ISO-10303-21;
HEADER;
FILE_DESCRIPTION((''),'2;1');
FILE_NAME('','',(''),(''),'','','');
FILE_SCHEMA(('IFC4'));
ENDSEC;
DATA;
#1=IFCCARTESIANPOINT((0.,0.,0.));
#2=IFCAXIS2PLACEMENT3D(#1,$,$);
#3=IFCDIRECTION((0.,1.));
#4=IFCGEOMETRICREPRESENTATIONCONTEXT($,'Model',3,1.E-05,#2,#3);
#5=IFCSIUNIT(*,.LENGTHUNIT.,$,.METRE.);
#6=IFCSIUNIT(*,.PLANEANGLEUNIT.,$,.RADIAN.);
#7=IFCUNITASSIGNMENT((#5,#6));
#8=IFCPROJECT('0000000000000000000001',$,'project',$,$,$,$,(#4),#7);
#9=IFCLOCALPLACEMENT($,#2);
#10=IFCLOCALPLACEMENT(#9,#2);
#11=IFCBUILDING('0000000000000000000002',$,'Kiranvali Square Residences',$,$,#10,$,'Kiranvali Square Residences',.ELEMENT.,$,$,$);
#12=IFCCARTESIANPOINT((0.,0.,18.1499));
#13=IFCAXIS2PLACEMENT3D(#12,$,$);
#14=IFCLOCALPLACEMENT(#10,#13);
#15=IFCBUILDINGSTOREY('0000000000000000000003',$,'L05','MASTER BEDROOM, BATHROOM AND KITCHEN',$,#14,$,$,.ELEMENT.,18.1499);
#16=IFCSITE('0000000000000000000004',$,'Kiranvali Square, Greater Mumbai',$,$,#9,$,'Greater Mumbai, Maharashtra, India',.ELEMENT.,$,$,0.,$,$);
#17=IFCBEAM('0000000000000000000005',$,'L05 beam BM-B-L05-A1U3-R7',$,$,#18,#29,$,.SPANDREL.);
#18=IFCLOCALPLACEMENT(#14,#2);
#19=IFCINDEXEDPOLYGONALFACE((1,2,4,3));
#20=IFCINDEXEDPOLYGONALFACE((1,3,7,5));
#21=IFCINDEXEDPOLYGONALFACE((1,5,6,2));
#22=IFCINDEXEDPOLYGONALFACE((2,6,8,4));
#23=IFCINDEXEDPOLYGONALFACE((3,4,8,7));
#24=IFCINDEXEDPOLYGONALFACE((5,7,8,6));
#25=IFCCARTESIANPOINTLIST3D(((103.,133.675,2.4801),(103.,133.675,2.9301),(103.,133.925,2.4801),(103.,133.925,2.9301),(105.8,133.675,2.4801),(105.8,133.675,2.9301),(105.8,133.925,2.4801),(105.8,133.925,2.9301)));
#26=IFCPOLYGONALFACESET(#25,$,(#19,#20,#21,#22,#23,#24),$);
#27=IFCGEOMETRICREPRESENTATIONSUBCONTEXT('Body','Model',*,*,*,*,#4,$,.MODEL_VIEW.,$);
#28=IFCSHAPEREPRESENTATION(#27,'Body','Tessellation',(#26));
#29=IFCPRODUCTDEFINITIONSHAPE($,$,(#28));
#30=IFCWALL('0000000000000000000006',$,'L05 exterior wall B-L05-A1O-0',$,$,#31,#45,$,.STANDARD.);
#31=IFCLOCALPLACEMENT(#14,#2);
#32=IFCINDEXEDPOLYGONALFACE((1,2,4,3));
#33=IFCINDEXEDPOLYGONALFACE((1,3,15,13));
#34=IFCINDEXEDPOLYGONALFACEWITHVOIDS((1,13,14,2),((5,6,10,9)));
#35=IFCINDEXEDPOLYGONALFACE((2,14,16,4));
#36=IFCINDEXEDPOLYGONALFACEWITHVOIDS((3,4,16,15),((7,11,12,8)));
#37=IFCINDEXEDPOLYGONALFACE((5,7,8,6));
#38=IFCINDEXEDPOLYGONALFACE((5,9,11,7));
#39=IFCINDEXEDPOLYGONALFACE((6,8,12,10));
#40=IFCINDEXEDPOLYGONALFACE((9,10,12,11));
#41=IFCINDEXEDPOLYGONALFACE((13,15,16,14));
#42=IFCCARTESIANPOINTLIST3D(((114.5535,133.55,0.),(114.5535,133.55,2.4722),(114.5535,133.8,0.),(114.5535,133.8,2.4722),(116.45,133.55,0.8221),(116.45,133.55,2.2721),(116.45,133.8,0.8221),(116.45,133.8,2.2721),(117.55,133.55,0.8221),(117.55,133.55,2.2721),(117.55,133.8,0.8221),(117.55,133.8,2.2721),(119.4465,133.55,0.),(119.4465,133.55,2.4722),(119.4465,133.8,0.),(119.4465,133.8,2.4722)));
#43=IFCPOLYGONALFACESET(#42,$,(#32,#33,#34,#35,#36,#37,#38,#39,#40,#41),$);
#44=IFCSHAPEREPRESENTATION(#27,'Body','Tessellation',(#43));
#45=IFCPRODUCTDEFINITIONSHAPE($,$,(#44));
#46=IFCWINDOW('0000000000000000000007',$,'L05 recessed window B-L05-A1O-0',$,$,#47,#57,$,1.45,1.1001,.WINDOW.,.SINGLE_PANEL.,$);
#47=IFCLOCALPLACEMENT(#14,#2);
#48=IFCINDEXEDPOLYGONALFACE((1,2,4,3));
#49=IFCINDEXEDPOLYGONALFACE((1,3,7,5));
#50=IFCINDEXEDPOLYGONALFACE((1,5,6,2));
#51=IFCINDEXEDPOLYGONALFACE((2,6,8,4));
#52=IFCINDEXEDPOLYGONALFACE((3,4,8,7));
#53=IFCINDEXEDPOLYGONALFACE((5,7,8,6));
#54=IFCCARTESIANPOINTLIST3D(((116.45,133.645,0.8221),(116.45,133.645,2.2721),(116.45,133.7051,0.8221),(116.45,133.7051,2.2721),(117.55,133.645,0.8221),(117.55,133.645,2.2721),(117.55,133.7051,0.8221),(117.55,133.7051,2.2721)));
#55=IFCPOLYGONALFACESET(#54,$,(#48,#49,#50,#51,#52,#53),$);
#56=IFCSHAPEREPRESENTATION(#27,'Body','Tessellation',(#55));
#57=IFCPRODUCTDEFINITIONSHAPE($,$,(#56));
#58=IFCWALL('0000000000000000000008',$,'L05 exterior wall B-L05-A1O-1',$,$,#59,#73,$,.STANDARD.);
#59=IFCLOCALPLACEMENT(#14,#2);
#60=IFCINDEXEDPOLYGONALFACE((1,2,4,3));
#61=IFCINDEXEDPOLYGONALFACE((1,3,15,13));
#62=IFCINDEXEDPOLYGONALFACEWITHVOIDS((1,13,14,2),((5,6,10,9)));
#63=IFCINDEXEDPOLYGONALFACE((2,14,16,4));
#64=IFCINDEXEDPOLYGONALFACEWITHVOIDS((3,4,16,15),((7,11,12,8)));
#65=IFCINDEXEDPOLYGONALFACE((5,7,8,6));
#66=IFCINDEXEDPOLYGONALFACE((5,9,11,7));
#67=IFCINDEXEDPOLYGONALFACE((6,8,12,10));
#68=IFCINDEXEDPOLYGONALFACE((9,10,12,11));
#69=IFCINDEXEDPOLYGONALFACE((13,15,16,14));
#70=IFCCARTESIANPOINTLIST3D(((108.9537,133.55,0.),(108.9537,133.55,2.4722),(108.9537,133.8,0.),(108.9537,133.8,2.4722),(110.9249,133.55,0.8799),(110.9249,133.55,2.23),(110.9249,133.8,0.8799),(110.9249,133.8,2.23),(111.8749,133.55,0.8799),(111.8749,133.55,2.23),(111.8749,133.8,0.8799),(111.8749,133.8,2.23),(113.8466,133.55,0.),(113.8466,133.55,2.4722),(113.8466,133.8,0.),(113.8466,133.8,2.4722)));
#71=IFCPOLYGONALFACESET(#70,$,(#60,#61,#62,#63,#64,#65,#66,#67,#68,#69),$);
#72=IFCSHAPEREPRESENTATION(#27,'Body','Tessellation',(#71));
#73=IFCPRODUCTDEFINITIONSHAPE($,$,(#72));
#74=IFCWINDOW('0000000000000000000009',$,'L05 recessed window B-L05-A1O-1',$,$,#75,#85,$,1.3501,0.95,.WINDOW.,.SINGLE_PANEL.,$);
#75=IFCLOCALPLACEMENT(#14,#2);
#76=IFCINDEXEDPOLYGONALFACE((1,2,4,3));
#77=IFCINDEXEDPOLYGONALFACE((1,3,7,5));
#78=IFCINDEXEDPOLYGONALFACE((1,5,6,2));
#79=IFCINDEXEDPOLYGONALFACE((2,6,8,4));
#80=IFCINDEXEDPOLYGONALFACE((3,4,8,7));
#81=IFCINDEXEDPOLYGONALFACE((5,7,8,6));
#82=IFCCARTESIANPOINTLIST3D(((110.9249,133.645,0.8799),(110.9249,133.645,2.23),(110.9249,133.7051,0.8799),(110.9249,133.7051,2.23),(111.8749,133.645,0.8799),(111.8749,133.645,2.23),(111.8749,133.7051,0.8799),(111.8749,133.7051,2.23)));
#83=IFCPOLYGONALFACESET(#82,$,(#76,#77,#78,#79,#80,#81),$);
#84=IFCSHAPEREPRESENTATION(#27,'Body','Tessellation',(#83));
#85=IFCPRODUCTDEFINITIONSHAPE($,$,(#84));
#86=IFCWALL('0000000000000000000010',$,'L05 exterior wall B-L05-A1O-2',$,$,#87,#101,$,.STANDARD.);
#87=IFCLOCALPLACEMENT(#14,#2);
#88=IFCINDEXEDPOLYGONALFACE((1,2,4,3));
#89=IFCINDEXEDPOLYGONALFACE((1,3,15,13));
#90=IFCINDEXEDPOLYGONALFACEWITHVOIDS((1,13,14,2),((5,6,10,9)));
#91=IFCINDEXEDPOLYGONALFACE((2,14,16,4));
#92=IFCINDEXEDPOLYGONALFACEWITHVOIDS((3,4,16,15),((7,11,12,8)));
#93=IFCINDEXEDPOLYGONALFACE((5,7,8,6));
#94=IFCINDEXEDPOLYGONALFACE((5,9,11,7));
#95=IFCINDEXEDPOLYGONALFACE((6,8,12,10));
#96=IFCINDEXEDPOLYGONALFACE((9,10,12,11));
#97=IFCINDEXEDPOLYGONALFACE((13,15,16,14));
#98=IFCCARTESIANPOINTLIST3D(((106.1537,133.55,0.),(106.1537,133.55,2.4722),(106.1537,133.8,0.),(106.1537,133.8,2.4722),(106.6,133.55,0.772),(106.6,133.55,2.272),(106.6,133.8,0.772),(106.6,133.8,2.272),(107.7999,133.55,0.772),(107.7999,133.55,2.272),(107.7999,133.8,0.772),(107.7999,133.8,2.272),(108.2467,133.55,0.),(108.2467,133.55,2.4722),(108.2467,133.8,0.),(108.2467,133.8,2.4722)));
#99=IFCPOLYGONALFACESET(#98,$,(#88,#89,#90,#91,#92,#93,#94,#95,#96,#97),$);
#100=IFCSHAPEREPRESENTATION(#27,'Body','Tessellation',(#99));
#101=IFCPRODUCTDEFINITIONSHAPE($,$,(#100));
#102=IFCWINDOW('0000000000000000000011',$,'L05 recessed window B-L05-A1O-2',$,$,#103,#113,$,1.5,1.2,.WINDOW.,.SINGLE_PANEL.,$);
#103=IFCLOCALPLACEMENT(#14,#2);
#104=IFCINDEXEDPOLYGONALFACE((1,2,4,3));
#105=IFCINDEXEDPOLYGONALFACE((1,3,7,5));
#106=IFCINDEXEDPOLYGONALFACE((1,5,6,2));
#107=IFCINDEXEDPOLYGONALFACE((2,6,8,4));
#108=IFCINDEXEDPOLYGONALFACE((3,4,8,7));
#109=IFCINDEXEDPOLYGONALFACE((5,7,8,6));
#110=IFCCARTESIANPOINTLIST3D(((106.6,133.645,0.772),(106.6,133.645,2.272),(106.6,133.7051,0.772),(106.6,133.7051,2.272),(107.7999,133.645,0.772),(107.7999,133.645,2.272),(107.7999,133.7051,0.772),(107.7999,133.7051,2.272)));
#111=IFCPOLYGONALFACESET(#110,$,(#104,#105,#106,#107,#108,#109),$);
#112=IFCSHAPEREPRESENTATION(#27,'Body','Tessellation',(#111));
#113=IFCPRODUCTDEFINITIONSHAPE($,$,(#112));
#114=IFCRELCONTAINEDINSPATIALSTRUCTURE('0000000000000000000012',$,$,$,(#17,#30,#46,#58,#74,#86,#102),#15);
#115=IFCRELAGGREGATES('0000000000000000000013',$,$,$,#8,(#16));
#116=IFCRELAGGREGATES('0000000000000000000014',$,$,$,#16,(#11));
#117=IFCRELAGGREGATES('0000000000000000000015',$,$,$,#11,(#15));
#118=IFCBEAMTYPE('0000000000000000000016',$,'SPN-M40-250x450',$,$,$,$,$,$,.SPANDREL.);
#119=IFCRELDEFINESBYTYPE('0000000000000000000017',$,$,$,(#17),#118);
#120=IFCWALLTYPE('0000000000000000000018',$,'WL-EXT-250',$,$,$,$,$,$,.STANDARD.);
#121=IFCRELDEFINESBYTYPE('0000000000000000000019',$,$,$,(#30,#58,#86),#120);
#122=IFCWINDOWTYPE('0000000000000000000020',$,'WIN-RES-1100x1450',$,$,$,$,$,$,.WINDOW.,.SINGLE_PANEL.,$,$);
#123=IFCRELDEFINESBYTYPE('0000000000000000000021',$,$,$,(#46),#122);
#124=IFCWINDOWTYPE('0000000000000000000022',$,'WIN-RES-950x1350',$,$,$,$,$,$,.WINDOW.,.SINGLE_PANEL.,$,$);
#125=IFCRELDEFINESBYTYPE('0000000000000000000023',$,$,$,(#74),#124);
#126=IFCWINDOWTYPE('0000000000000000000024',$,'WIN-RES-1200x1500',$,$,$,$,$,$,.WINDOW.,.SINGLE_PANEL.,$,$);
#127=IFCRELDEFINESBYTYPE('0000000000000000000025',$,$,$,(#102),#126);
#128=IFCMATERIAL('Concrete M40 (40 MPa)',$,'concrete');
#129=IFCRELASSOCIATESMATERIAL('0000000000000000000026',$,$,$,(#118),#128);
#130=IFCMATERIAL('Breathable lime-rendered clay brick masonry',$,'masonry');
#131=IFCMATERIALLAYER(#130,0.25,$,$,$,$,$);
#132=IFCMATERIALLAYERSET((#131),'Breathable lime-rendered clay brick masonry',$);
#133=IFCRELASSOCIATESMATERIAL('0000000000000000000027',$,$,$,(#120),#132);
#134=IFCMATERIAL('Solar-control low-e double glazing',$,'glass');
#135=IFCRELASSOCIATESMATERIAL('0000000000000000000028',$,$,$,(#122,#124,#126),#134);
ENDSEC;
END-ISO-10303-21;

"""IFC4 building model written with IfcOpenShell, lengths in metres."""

from ifc_helpers import new_model, si_unit, direction, frame, frame_2d, origin, origin_2d, place, context, subcontext, project, spatial, rectangle, extrude, material, layer, layer_set, material_profile, profile_set, type_object, element, fill, save


model = new_model("IFC4")

# Units and contexts
model_context = context("Model", 3, precision=1e-05, world=origin(), true_north=direction((0.0, 1.0)))
body_context = subcontext(model_context, "Body", "Model", "MODEL_VIEW")
ifc_project = project(units=[si_unit("LENGTHUNIT", "METRE"), si_unit("PLANEANGLEUNIT", "RADIAN")], contexts=[model_context])

# Site, building, storey
site_placement = place(None, origin())
site = spatial("IfcSite", under=ifc_project, at=site_placement, Name="Kiranvali Square, Greater Mumbai", LongName="Greater Mumbai, Maharashtra, India", CompositionType="ELEMENT", RefElevation=0.0)
building_placement = place(site_placement, origin())
building = spatial("IfcBuilding", under=site, at=building_placement, Name="Kiranvali Square Residences", LongName="Kiranvali Square Residences", CompositionType="ELEMENT")
storey_placement = place(building_placement, frame((0.0, 0.0, 18.1499)))
storey = spatial("IfcBuildingStorey", under=building, at=storey_placement, Name="L05", Description="MASTER BEDROOM, BATHROOM AND KITCHEN", CompositionType="ELEMENT", Elevation=18.1499)

# Beam
ifc_material_1 = material(Name="Concrete M40 (40 MPa)", Category="concrete")
ifc_material_profile_1 = material_profile(ifc_material_1, rectangle(XDim=0.25, YDim=0.45, at=origin_2d()), Name="RC 250x450")
ifc_profile_set_1 = profile_set([ifc_material_profile_1], Name="Concrete M40 (40 MPa)")
beam_type_1 = type_object("IfcBeamType", Name="SPN-M40-250x450", PredefinedType="SPANDREL", material=ifc_profile_set_1)
for number, where, z_axis, x_axis, name in (
    (1, (105.8, 133.8, 2.7051), (-1.0, 0.0, 0.0), (0.0, -1.0, 0.0), "L05 beam BM-B-L05-A1U3-R7"),
):
    element("IfcBeam", number, at=place(storey_placement, frame(where, z_axis=z_axis, x_axis=x_axis)), inside=storey, type_object=beam_type_1, Name=name, PredefinedType="SPANDREL", context=body_context, shape_type="SweptSolid", body=[
        extrude(rectangle(XDim=0.25, YDim=0.45, at=origin_2d()), origin(), (0.0, 0.0, 1.0), 2.8),
    ])

# Walls, openings, windows
ifc_material_2 = material(Name="Breathable lime-rendered clay brick masonry", Category="masonry")
ifc_layer = layer(ifc_material_2, 0.25)
ifc_layer_set = layer_set([ifc_layer], Name="Breathable lime-rendered clay brick masonry")
wall_type = type_object("IfcWallType", Name="WL-EXT-250", PredefinedType="STANDARD", material=ifc_layer_set)
wall_1_placement = place(storey_placement, frame((119.4465, 133.675, 0.0), z_axis=(0.0, 0.0, 1.0), x_axis=(-1.0, 0.0, 0.0)))
wall_1 = element("IfcWall", 2, at=wall_1_placement, inside=storey, type_object=wall_type, Name="L05 exterior wall B-L05-A1O-0", PredefinedType="STANDARD", context=body_context, shape_type="SweptSolid", body=[
    extrude(rectangle(XDim=4.8931, YDim=0.25, at=frame_2d((2.4465, 0.0))), origin(), (0.0, 0.0, 1.0), 2.4722),
])
opening_1_placement = place(wall_1_placement, frame((1.8965, 0.0, 0.822)))
opening_1 = element("IfcOpeningElement", 3, at=opening_1_placement, cuts=wall_1, PredefinedType="OPENING", context=body_context, shape_type="SweptSolid", body=[
    extrude(rectangle(XDim=1.1001, YDim=1.45, at=frame_2d((0.55, 0.7251))), frame((0.0, 0.135, 0.0), z_axis=(0.0, -1.0, 0.0), x_axis=(1.0, 0.0, 0.0)), (0.0, 0.0, 1.0), 0.27),
])
ifc_material_3 = material(Name="Solar-control low-e double glazing", Category="glass")
window_type_1 = type_object("IfcWindowType", Name="WIN-RES-1100x1450", PartitioningType="SINGLE_PANEL", PredefinedType="WINDOW", material=ifc_material_3)
window_1_placement = place(opening_1_placement, origin())
window_1 = element("IfcWindow", 4, at=window_1_placement, inside=storey, type_object=window_type_1, Name="L05 recessed window B-L05-A1O-0", OverallHeight=1.45, OverallWidth=1.1001, PartitioningType="SINGLE_PANEL", PredefinedType="WINDOW", context=body_context, shape_type="SweptSolid", body=[
    extrude(rectangle(XDim=1.1001, YDim=1.45, at=frame_2d((0.55, 0.7251))), frame((0.0, 0.03, 0.0), z_axis=(0.0, -1.0, 0.0), x_axis=(1.0, 0.0, 0.0)), (0.0, 0.0, 1.0), 0.0601),
])
fill(opening_1, window_1)
wall_2_placement = place(storey_placement, frame((113.8464, 133.675, 0.0), z_axis=(0.0, 0.0, 1.0), x_axis=(-1.0, 0.0, 0.0)))
wall_2 = element("IfcWall", 5, at=wall_2_placement, inside=storey, type_object=wall_type, Name="L05 exterior wall B-L05-A1O-1", PredefinedType="STANDARD", context=body_context, shape_type="SweptSolid", body=[
    extrude(rectangle(XDim=4.8928, YDim=0.25, at=frame_2d((2.4463, 0.0))), origin(), (0.0, 0.0, 1.0), 2.4722),
])
opening_2_placement = place(wall_2_placement, frame((1.9714, 0.0, 0.8799)))
opening_2 = element("IfcOpeningElement", 6, at=opening_2_placement, cuts=wall_2, PredefinedType="OPENING", context=body_context, shape_type="SweptSolid", body=[
    extrude(rectangle(XDim=0.95, YDim=1.3501, at=frame_2d((0.4751, 0.675))), frame((0.0, 0.135, 0.0), z_axis=(0.0, -1.0, 0.0), x_axis=(1.0, 0.0, 0.0)), (0.0, 0.0, 1.0), 0.27),
])
window_type_2 = type_object("IfcWindowType", Name="WIN-RES-950x1350", PartitioningType="SINGLE_PANEL", PredefinedType="WINDOW", material=ifc_material_3)
window_2_placement = place(opening_2_placement, origin())
window_2 = element("IfcWindow", 7, at=window_2_placement, inside=storey, type_object=window_type_2, Name="L05 recessed window B-L05-A1O-1", OverallHeight=1.3501, OverallWidth=0.95, PartitioningType="SINGLE_PANEL", PredefinedType="WINDOW", context=body_context, shape_type="SweptSolid", body=[
    extrude(rectangle(XDim=0.95, YDim=1.3501, at=frame_2d((0.4751, 0.675))), frame((0.0, 0.03, 0.0), z_axis=(0.0, -1.0, 0.0), x_axis=(1.0, 0.0, 0.0)), (0.0, 0.0, 1.0), 0.0601),
])
fill(opening_2, window_2)
wall_3_placement = place(storey_placement, frame((108.2466, 133.675, 0.0), z_axis=(0.0, 0.0, 1.0), x_axis=(-1.0, 0.0, 0.0)))
wall_3 = element("IfcWall", 8, at=wall_3_placement, inside=storey, type_object=wall_type, Name="L05 exterior wall B-L05-A1O-2", PredefinedType="STANDARD", context=body_context, shape_type="SweptSolid", body=[
    extrude(rectangle(XDim=2.093, YDim=0.25, at=frame_2d((1.0464, 0.0))), origin(), (0.0, 0.0, 1.0), 2.4722),
])
opening_3_placement = place(wall_3_placement, frame((0.4465, 0.0, 0.772)))
opening_3 = element("IfcOpeningElement", 9, at=opening_3_placement, cuts=wall_3, PredefinedType="OPENING", context=body_context, shape_type="SweptSolid", body=[
    extrude(rectangle(XDim=1.2, YDim=1.5, at=frame_2d((0.6001, 0.75))), frame((0.0, 0.135, 0.0), z_axis=(0.0, -1.0, 0.0), x_axis=(1.0, 0.0, 0.0)), (0.0, 0.0, 1.0), 0.27),
])
window_type_3 = type_object("IfcWindowType", Name="WIN-RES-1200x1500", PartitioningType="SINGLE_PANEL", PredefinedType="WINDOW", material=ifc_material_3)
window_3_placement = place(opening_3_placement, origin())
window_3 = element("IfcWindow", 10, at=window_3_placement, inside=storey, type_object=window_type_3, Name="L05 recessed window B-L05-A1O-2", OverallHeight=1.5, OverallWidth=1.2, PartitioningType="SINGLE_PANEL", PredefinedType="WINDOW", context=body_context, shape_type="SweptSolid", body=[
    extrude(rectangle(XDim=1.2, YDim=1.5, at=frame_2d((0.6001, 0.75))), frame((0.0, 0.03, 0.0), z_axis=(0.0, -1.0, 0.0), x_axis=(1.0, 0.0, 0.0)), (0.0, 0.0, 1.0), 0.0601),
])
fill(opening_3, window_3)

save(model, "model.ifc")
